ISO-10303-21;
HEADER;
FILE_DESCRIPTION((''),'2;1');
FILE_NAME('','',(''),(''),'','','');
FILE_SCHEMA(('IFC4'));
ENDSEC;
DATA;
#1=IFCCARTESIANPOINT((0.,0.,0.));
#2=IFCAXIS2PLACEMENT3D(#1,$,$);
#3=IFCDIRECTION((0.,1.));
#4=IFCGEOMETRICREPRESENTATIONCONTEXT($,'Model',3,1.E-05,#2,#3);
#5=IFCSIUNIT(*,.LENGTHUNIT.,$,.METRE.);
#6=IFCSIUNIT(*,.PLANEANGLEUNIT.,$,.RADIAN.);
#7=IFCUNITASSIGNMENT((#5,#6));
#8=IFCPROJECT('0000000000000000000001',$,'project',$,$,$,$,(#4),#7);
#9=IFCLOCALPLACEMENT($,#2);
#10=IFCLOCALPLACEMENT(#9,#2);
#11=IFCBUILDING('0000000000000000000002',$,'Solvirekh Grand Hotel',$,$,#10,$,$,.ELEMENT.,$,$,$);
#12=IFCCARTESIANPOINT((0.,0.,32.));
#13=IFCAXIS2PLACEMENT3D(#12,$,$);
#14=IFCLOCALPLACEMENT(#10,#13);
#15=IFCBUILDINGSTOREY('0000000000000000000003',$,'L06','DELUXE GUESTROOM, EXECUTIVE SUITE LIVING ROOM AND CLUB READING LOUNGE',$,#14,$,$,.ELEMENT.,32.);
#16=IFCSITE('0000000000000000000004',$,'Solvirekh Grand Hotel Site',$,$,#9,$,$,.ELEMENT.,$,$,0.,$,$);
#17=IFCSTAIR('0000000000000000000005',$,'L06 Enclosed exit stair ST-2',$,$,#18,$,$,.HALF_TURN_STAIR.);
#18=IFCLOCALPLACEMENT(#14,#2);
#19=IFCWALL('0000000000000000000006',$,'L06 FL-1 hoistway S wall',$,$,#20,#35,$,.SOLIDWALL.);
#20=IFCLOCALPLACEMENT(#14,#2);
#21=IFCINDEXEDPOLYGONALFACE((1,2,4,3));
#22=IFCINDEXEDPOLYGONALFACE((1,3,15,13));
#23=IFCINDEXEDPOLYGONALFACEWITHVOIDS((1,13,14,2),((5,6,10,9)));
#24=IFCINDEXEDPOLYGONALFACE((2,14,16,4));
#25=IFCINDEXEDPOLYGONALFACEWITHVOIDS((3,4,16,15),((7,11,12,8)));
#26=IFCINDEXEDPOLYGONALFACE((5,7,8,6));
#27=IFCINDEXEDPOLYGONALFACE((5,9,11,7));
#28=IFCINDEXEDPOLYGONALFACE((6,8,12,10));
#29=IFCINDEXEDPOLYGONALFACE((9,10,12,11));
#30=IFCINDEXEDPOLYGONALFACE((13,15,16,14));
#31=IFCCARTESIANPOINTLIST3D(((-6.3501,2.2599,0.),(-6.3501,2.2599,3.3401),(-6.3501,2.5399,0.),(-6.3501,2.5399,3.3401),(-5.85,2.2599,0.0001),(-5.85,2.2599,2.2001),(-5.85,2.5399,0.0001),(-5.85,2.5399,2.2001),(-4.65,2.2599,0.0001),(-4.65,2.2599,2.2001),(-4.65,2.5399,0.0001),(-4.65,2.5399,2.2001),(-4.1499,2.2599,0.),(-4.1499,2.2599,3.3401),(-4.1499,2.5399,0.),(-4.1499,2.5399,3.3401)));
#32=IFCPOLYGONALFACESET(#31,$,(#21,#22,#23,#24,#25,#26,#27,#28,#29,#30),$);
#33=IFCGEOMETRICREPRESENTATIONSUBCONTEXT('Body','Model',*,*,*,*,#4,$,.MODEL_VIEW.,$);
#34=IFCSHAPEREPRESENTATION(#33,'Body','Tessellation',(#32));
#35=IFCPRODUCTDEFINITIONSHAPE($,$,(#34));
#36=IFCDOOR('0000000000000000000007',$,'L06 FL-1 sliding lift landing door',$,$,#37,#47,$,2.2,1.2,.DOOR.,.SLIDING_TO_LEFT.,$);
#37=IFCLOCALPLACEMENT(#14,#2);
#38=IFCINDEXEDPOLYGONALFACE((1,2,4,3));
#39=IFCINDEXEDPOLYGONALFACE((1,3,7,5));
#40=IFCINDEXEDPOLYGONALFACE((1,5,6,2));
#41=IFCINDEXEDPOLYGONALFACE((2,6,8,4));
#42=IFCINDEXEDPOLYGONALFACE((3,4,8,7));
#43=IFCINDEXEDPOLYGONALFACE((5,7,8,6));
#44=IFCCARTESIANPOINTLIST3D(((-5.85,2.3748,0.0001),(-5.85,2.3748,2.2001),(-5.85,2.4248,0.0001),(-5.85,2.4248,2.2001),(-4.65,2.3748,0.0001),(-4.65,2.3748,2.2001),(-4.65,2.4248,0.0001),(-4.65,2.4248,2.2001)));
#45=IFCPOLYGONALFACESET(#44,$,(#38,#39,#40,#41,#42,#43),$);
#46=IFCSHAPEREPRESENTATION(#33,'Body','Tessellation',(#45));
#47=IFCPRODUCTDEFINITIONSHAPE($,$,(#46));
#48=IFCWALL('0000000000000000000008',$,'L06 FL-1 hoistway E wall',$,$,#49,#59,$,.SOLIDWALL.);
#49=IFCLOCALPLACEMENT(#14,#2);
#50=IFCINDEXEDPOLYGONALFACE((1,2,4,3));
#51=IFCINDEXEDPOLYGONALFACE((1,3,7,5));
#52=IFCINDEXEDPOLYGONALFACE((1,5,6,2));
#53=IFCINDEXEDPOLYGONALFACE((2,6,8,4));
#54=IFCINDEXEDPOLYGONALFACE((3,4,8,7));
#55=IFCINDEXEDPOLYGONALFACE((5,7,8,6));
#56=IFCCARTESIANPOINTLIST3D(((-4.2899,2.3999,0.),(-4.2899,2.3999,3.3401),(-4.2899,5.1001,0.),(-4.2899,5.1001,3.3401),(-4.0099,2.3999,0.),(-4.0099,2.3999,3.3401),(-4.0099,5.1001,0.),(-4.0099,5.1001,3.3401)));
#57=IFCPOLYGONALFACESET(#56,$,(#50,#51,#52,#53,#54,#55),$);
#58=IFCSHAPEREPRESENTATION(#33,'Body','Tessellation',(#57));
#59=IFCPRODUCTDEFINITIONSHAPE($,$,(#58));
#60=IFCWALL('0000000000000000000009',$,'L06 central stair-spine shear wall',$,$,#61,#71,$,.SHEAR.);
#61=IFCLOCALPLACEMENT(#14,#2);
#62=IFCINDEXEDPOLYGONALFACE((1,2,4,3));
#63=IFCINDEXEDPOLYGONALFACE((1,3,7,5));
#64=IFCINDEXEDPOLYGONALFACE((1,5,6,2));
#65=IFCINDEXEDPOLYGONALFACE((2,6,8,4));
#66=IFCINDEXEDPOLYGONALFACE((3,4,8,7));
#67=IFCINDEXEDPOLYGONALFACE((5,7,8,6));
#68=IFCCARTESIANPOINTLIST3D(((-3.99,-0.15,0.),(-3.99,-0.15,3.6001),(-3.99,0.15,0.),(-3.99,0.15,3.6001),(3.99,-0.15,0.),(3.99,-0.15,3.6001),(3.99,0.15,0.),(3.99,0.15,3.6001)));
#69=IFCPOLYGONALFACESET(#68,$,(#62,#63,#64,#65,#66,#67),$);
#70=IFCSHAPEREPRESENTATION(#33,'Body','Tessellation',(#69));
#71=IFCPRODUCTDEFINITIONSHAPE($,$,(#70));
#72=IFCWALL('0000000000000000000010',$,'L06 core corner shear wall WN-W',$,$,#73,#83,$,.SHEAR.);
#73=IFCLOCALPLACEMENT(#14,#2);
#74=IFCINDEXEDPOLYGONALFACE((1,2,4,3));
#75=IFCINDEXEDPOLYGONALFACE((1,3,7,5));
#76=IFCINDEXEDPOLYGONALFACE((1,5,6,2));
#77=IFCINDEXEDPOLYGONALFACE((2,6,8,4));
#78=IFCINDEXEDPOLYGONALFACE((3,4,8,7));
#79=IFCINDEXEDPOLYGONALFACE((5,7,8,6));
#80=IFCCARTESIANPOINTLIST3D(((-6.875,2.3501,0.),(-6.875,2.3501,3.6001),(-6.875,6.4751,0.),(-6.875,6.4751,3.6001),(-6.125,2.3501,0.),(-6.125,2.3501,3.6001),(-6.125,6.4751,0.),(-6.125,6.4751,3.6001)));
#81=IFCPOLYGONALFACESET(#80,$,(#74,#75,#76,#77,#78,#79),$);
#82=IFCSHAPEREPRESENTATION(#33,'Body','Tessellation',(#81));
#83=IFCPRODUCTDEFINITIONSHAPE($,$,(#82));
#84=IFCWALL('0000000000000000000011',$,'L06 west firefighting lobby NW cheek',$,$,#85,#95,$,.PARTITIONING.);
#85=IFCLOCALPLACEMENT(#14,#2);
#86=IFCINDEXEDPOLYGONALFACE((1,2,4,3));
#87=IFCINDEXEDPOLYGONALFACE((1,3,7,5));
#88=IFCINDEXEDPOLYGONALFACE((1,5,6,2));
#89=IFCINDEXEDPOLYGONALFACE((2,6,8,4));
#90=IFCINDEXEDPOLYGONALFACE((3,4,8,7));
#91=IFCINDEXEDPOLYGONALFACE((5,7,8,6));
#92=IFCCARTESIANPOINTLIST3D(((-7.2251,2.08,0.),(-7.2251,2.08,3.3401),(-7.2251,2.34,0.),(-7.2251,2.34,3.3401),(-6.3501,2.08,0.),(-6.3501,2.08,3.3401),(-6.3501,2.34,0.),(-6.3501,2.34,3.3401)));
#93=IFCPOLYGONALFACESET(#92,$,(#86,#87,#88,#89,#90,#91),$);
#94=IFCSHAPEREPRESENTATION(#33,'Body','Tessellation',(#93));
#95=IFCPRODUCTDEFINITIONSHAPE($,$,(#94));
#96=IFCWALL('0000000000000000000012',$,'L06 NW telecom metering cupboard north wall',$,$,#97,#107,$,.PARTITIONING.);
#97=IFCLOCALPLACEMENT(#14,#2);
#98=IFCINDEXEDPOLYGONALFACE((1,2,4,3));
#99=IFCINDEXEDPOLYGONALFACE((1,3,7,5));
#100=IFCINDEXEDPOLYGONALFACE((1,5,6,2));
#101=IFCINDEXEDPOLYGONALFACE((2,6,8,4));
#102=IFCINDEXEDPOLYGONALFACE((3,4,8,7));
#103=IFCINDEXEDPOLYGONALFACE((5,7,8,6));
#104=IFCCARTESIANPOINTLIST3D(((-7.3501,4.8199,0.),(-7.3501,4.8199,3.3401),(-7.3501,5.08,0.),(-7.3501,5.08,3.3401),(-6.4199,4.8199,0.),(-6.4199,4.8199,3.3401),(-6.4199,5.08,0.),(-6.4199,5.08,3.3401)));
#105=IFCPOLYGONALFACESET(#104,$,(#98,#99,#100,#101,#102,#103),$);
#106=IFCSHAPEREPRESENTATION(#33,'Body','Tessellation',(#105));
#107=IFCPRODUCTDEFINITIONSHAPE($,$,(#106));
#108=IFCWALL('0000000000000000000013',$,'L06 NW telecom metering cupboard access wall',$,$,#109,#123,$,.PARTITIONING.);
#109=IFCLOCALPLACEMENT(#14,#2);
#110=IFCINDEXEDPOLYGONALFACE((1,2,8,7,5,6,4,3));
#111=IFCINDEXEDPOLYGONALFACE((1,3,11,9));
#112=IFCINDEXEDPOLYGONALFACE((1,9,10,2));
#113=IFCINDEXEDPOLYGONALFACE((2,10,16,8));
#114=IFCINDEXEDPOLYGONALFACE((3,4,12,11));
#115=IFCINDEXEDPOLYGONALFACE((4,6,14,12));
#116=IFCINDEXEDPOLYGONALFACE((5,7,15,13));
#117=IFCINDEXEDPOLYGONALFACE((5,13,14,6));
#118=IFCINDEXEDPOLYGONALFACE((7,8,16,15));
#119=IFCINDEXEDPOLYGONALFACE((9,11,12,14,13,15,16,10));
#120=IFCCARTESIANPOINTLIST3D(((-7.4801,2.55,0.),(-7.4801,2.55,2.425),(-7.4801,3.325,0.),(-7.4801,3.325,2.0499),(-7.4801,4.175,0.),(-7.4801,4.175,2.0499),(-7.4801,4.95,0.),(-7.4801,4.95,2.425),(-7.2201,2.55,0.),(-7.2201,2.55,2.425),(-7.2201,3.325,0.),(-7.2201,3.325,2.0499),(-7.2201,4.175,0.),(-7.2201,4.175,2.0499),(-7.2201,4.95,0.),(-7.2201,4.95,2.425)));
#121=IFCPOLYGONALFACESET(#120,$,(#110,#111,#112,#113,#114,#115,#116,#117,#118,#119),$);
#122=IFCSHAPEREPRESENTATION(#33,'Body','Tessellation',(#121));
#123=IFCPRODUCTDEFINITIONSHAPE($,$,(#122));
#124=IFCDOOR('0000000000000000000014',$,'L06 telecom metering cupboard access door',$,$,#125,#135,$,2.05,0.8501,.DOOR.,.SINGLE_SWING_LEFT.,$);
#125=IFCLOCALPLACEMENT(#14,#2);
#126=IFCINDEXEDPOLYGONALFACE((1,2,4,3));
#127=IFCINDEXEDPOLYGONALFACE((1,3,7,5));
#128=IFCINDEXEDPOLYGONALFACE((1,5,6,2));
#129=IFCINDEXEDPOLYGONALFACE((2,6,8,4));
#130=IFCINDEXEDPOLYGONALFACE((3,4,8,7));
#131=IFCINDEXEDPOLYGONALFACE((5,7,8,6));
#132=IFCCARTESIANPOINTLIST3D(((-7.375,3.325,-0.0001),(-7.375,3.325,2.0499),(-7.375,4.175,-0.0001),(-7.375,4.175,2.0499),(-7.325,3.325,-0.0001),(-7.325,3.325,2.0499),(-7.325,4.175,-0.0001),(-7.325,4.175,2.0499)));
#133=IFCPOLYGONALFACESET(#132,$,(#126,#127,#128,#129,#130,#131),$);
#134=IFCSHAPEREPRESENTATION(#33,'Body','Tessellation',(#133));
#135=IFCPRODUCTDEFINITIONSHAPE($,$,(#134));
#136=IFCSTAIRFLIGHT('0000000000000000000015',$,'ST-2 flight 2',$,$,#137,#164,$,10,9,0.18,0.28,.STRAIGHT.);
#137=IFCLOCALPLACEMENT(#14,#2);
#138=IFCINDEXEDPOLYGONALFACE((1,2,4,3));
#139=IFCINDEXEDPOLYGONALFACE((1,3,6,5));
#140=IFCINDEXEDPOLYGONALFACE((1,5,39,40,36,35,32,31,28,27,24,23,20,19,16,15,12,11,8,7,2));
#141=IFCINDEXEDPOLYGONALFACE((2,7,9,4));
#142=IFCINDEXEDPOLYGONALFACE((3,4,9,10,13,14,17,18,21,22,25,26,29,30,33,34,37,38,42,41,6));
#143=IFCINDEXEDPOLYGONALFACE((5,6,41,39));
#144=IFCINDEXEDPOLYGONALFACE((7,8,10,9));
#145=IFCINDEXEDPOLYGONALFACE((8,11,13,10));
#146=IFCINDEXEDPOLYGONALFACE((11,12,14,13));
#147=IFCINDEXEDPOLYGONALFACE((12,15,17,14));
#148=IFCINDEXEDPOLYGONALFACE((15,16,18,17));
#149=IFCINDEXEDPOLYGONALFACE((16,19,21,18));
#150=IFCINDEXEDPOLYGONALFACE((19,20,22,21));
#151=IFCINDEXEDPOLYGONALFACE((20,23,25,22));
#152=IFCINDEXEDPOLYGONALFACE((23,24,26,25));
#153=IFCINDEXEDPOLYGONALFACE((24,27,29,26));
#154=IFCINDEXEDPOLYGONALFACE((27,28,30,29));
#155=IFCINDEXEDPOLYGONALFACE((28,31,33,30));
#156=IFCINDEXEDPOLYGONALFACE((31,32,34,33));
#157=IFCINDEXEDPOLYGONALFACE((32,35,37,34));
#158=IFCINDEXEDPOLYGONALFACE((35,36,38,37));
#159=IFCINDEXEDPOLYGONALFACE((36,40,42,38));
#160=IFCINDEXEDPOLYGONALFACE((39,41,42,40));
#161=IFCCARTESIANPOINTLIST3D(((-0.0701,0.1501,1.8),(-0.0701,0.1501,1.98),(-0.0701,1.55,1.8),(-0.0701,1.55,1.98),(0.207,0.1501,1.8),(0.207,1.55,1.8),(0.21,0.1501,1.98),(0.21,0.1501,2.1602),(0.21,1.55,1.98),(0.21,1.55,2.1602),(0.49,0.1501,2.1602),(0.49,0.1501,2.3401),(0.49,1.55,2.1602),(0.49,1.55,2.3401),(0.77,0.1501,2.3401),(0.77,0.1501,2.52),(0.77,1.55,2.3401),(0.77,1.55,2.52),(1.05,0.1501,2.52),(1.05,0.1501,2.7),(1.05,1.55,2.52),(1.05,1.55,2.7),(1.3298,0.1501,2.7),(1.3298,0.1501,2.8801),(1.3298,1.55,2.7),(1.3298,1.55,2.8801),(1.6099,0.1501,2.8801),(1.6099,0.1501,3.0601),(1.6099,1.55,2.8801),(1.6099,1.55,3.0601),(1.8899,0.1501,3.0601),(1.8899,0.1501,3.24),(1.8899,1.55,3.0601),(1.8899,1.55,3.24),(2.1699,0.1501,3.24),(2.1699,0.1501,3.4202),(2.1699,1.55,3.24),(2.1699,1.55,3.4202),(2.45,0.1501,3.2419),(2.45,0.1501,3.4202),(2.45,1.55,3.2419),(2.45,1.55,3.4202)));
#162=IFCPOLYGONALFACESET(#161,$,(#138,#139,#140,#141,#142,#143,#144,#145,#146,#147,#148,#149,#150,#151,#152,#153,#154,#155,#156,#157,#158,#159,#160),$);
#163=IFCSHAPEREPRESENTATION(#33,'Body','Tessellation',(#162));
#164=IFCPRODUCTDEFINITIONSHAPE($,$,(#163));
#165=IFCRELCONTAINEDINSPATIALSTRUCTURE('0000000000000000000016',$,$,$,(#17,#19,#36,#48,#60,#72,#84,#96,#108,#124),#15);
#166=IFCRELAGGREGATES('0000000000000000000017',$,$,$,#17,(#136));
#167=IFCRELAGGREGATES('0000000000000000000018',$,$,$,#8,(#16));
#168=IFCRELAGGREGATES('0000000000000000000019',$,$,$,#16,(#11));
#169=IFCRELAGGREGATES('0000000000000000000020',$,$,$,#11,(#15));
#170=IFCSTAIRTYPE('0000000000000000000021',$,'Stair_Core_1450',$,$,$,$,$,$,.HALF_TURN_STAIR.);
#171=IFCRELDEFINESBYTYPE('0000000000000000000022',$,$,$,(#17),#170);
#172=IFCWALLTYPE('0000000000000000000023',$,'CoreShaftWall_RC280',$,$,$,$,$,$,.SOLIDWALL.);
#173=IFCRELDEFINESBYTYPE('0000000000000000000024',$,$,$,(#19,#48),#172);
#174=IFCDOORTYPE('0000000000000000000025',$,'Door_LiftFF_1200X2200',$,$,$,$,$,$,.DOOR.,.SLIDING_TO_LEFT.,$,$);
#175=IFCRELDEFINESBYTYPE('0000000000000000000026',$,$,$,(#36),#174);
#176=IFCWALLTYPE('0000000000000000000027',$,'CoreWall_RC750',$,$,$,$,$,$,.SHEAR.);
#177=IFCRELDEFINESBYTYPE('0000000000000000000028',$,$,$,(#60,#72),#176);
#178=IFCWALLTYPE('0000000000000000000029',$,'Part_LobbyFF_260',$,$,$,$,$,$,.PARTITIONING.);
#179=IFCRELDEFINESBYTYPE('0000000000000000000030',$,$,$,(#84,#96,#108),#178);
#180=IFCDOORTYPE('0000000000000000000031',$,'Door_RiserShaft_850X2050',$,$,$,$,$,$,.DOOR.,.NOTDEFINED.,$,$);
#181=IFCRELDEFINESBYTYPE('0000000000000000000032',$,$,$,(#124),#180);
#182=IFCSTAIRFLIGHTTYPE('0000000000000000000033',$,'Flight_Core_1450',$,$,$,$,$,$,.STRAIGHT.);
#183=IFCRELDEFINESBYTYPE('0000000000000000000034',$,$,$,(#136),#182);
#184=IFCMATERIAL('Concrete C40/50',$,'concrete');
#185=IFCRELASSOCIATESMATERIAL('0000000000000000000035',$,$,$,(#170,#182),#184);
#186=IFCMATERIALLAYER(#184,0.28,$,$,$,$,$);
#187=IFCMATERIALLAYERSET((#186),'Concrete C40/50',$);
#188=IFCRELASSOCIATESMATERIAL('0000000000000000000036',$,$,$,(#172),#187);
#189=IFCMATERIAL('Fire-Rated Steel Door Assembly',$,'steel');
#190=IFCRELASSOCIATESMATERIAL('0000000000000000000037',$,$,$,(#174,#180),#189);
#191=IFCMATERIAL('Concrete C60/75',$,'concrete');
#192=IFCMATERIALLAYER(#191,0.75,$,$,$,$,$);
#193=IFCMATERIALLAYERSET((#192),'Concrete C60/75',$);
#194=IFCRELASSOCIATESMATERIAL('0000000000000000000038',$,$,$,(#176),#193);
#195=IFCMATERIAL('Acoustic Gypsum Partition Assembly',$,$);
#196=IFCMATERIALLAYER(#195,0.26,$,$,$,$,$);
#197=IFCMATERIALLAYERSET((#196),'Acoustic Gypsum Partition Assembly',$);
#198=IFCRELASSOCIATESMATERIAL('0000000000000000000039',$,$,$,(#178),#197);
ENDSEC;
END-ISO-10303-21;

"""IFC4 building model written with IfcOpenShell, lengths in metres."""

from ifc_helpers import new_model, si_unit, direction, frame, frame_2d, origin, place, context, subcontext, project, spatial, polyline, rectangle, outline, extrude, material, layer, layer_set, type_object, element, fill, aggregate, save


model = new_model("IFC4")

# Units and contexts
model_context = context("Model", 3, precision=1e-05, world=origin(), true_north=direction((0.0, 1.0)))
body_context = subcontext(model_context, "Body", "Model", "MODEL_VIEW")
ifc_project = project(units=[si_unit("LENGTHUNIT", "METRE"), si_unit("PLANEANGLEUNIT", "RADIAN")], contexts=[model_context])

# Site, building, storey
site_placement = place(None, origin())
site = spatial("IfcSite", under=ifc_project, at=site_placement, Name="Solvirekh Grand Hotel Site", CompositionType="ELEMENT", RefElevation=0.0)
building_placement = place(site_placement, origin())
building = spatial("IfcBuilding", under=site, at=building_placement, Name="Solvirekh Grand Hotel", CompositionType="ELEMENT")
storey_placement = place(building_placement, frame((0.0, 0.0, 32.0)))
storey = spatial("IfcBuildingStorey", under=building, at=storey_placement, Name="L06", Description="DELUXE GUESTROOM, EXECUTIVE SUITE LIVING ROOM AND CLUB READING LOUNGE", CompositionType="ELEMENT", Elevation=32.0)

# Stair
ifc_material_1 = material(Name="Concrete C40/50", Category="concrete")
stair_type = type_object("IfcStairType", Name="Stair_Core_1450", PredefinedType="HALF_TURN_STAIR", material=ifc_material_1)
stair_1_placement = place(storey_placement, origin())
stair_1 = element("IfcStair", 1, at=stair_1_placement, inside=storey, type_object=stair_type, Name="L06 Enclosed exit stair ST-2", PredefinedType="HALF_TURN_STAIR")

# Shared definitions
ifc_layer_1 = layer(ifc_material_1, 0.28)
ifc_layer_set_1 = layer_set([ifc_layer_1], Name="Concrete C40/50")
wall_type_1 = type_object("IfcWallType", Name="CoreShaftWall_RC280", PredefinedType="SOLIDWALL", material=ifc_layer_set_1)

# Wall, opening, door
wall_1_placement = place(storey_placement, frame((-6.3501, 2.3999, 0.0), z_axis=(0.0, 0.0, 1.0), x_axis=(1.0, 0.0, 0.0)))
wall_1 = element("IfcWall", 2, at=wall_1_placement, inside=storey, type_object=wall_type_1, Name="L06 FL-1 hoistway S wall", PredefinedType="SOLIDWALL", context=body_context, shape_type="SweptSolid", body=[
    extrude(rectangle(XDim=2.2002, YDim=0.28, at=frame_2d((1.1001, 0.0))), origin(), (0.0, 0.0, 1.0), 3.3401),
])
opening_1_placement = place(wall_1_placement, frame((0.5, 0.0, 0.0)))
opening_1 = element("IfcOpeningElement", 3, at=opening_1_placement, cuts=wall_1, PredefinedType="OPENING", context=body_context, shape_type="SweptSolid", body=[
    extrude(rectangle(XDim=1.2, YDim=2.2, at=frame_2d((0.6001, 1.1001))), frame((0.0, 0.1499, 0.0), z_axis=(0.0, -1.0, 0.0), x_axis=(1.0, 0.0, 0.0)), (0.0, 0.0, 1.0), 0.3),
])
ifc_material_2 = material(Name="Fire-Rated Steel Door Assembly", Category="steel")
door_type_1 = type_object("IfcDoorType", Name="Door_LiftFF_1200X2200", OperationType="SLIDING_TO_LEFT", PredefinedType="DOOR", material=ifc_material_2)
door_1_placement = place(opening_1_placement, origin())
door_1 = element("IfcDoor", 4, at=door_1_placement, inside=storey, type_object=door_type_1, Name="L06 FL-1 sliding lift landing door", OperationType="SLIDING_TO_LEFT", OverallHeight=2.2, OverallWidth=1.2, PredefinedType="DOOR", context=body_context, shape_type="SweptSolid", body=[
    extrude(rectangle(XDim=1.2, YDim=2.2, at=frame_2d((0.6001, 1.1001))), frame((0.0, 0.0249, 0.0), z_axis=(0.0, -1.0, 0.0), x_axis=(1.0, 0.0, 0.0)), (0.0, 0.0, 1.0), 0.05),
])
fill(opening_1, door_1)

# Walls
wall_2_placement = place(storey_placement, frame((-4.1499, 2.3999, 0.0), z_axis=(0.0, 0.0, 1.0), x_axis=(0.0, 1.0, 0.0)))
element("IfcWall", 5, at=wall_2_placement, inside=storey, type_object=wall_type_1, Name="L06 FL-1 hoistway E wall", PredefinedType="SOLIDWALL", context=body_context, shape_type="SweptSolid", body=[
    extrude(rectangle(XDim=2.7002, YDim=0.28, at=frame_2d((1.3501, 0.0))), origin(), (0.0, 0.0, 1.0), 3.3401),
])
ifc_material_3 = material(Name="Concrete C60/75", Category="concrete")
ifc_layer_2 = layer(ifc_material_3, 0.75)
ifc_layer_set_2 = layer_set([ifc_layer_2], Name="Concrete C60/75")
wall_type_2 = type_object("IfcWallType", Name="CoreWall_RC750", PredefinedType="SHEAR", material=ifc_layer_set_2)
wall_3_placement = place(storey_placement, frame((-3.99, 0.0, 0.0), z_axis=(0.0, 0.0, 1.0), x_axis=(1.0, 0.0, 0.0)))
element("IfcWall", 6, at=wall_3_placement, inside=storey, type_object=wall_type_2, Name="L06 central stair-spine shear wall", PredefinedType="SHEAR", context=body_context, shape_type="SweptSolid", body=[
    extrude(rectangle(XDim=7.98, YDim=0.3, at=frame_2d((3.99, 0.0))), origin(), (0.0, 0.0, 1.0), 3.6001),
])
wall_4_placement = place(storey_placement, frame((-6.5, 2.3501, 0.0), z_axis=(0.0, 0.0, 1.0), x_axis=(0.0, 1.0, 0.0)))
element("IfcWall", 7, at=wall_4_placement, inside=storey, type_object=wall_type_2, Name="L06 core corner shear wall WN-W", PredefinedType="SHEAR", context=body_context, shape_type="SweptSolid", body=[
    extrude(rectangle(XDim=4.125, YDim=0.75, at=frame_2d((2.0625, 0.0))), origin(), (0.0, 0.0, 1.0), 3.6001),
])
ifc_material_4 = material(Name="Acoustic Gypsum Partition Assembly")
ifc_layer_3 = layer(ifc_material_4, 0.26)
ifc_layer_set_3 = layer_set([ifc_layer_3], Name="Acoustic Gypsum Partition Assembly")
wall_type_3 = type_object("IfcWallType", Name="Part_LobbyFF_260", PredefinedType="PARTITIONING", material=ifc_layer_set_3)
wall_5_placement = place(storey_placement, frame((-7.2251, 2.21, 0.0), z_axis=(0.0, 0.0, 1.0), x_axis=(1.0, 0.0, 0.0)))
element("IfcWall", 8, at=wall_5_placement, inside=storey, type_object=wall_type_3, Name="L06 west firefighting lobby NW cheek", PredefinedType="PARTITIONING", context=body_context, shape_type="SweptSolid", body=[
    extrude(rectangle(XDim=0.875, YDim=0.26, at=frame_2d((0.4375, 0.0))), origin(), (0.0, 0.0, 1.0), 3.3401),
])
wall_6_placement = place(storey_placement, frame((-7.3501, 4.95, 0.0), z_axis=(0.0, 0.0, 1.0), x_axis=(1.0, 0.0, 0.0)))
element("IfcWall", 9, at=wall_6_placement, inside=storey, type_object=wall_type_3, Name="L06 NW telecom metering cupboard north wall", PredefinedType="PARTITIONING", context=body_context, shape_type="SweptSolid", body=[
    extrude(rectangle(XDim=0.9302, YDim=0.26, at=frame_2d((0.4651, 0.0))), origin(), (0.0, 0.0, 1.0), 3.3401),
])

# Wall, opening, door
wall_7_placement = place(storey_placement, frame((-7.3501, 2.55, 0.0), z_axis=(0.0, 0.0, 1.0), x_axis=(0.0, 1.0, 0.0)))
wall_7 = element("IfcWall", 10, at=wall_7_placement, inside=storey, type_object=wall_type_3, Name="L06 NW telecom metering cupboard access wall", PredefinedType="PARTITIONING", context=body_context, shape_type="SweptSolid", body=[
    extrude(rectangle(XDim=2.3999, YDim=0.26, at=frame_2d((1.2, 0.0))), origin(), (0.0, 0.0, 1.0), 2.425),
])
opening_2_placement = place(wall_7_placement, frame((0.7749, 0.0, 0.0)))
opening_2 = element("IfcOpeningElement", 11, at=opening_2_placement, cuts=wall_7, PredefinedType="OPENING", context=body_context, shape_type="SweptSolid", body=[
    extrude(rectangle(XDim=0.8501, YDim=2.05, at=frame_2d((0.425, 1.0249))), frame((0.0, 0.1401, 0.0), z_axis=(0.0, -1.0, 0.0), x_axis=(1.0, 0.0, 0.0)), (0.0, 0.0, 1.0), 0.28),
])
door_type_2 = type_object("IfcDoorType", Name="Door_RiserShaft_850X2050", OperationType="NOTDEFINED", PredefinedType="DOOR", material=ifc_material_2)
door_2_placement = place(opening_2_placement, origin())
door_2 = element("IfcDoor", 12, at=door_2_placement, inside=storey, type_object=door_type_2, Name="L06 telecom metering cupboard access door", OperationType="SINGLE_SWING_LEFT", OverallHeight=2.05, OverallWidth=0.8501, PredefinedType="DOOR", context=body_context, shape_type="SweptSolid", body=[
    extrude(rectangle(XDim=0.8501, YDim=2.05, at=frame_2d((0.425, 1.0249))), frame((0.0, 0.0249, 0.0), z_axis=(0.0, -1.0, 0.0), x_axis=(1.0, 0.0, 0.0)), (0.0, 0.0, 1.0), 0.05),
])
fill(opening_2, door_2)

# Stair flight
stair_flight_type = type_object("IfcStairFlightType", Name="Flight_Core_1450", PredefinedType="STRAIGHT", material=ifc_material_1)
stair_flight_placement = place(storey_placement, frame((-0.0701, 0.8501, 1.8), z_axis=(0.0, 0.0, 1.0), x_axis=(1.0, 0.0, 0.0)))
stair_flight = element("IfcStairFlight", 13, at=stair_flight_placement, type_object=stair_flight_type, Name="ST-2 flight 2", NumberOfRisers=10, NumberOfTreads=9, PredefinedType="STRAIGHT", RiserHeight=0.18, TreadLength=0.28, context=body_context, shape_type="SweptSolid", body=[
    extrude(outline(polyline([(0.0, 0.0), (0.0, 0.1799), (0.28, 0.1799), (0.28, 0.3601), (0.5601, 0.3601), (0.5601, 0.54), (0.8401, 0.54), (0.8401, 0.72), (1.1201, 0.72), (1.1201, 0.8999), (1.3999, 0.8999), (1.3999, 1.0801), (1.6799, 1.0801), (1.6799, 1.26), (1.96, 1.26), (1.96, 1.4399), (2.24, 1.4399), (2.24, 1.6201), (2.52, 1.6201), (2.52, 1.8), (2.52, 1.4419), (0.2771, 0.0), (0.0, 0.0)])), frame((0.0, 0.7, 0.0), z_axis=(0.0, -1.0, 0.0), x_axis=(1.0, 0.0, 0.0)), (0.0, 0.0, 1.0), 1.3999),
])
aggregate(stair_1, [stair_flight])

save(model, "model.ifc")
